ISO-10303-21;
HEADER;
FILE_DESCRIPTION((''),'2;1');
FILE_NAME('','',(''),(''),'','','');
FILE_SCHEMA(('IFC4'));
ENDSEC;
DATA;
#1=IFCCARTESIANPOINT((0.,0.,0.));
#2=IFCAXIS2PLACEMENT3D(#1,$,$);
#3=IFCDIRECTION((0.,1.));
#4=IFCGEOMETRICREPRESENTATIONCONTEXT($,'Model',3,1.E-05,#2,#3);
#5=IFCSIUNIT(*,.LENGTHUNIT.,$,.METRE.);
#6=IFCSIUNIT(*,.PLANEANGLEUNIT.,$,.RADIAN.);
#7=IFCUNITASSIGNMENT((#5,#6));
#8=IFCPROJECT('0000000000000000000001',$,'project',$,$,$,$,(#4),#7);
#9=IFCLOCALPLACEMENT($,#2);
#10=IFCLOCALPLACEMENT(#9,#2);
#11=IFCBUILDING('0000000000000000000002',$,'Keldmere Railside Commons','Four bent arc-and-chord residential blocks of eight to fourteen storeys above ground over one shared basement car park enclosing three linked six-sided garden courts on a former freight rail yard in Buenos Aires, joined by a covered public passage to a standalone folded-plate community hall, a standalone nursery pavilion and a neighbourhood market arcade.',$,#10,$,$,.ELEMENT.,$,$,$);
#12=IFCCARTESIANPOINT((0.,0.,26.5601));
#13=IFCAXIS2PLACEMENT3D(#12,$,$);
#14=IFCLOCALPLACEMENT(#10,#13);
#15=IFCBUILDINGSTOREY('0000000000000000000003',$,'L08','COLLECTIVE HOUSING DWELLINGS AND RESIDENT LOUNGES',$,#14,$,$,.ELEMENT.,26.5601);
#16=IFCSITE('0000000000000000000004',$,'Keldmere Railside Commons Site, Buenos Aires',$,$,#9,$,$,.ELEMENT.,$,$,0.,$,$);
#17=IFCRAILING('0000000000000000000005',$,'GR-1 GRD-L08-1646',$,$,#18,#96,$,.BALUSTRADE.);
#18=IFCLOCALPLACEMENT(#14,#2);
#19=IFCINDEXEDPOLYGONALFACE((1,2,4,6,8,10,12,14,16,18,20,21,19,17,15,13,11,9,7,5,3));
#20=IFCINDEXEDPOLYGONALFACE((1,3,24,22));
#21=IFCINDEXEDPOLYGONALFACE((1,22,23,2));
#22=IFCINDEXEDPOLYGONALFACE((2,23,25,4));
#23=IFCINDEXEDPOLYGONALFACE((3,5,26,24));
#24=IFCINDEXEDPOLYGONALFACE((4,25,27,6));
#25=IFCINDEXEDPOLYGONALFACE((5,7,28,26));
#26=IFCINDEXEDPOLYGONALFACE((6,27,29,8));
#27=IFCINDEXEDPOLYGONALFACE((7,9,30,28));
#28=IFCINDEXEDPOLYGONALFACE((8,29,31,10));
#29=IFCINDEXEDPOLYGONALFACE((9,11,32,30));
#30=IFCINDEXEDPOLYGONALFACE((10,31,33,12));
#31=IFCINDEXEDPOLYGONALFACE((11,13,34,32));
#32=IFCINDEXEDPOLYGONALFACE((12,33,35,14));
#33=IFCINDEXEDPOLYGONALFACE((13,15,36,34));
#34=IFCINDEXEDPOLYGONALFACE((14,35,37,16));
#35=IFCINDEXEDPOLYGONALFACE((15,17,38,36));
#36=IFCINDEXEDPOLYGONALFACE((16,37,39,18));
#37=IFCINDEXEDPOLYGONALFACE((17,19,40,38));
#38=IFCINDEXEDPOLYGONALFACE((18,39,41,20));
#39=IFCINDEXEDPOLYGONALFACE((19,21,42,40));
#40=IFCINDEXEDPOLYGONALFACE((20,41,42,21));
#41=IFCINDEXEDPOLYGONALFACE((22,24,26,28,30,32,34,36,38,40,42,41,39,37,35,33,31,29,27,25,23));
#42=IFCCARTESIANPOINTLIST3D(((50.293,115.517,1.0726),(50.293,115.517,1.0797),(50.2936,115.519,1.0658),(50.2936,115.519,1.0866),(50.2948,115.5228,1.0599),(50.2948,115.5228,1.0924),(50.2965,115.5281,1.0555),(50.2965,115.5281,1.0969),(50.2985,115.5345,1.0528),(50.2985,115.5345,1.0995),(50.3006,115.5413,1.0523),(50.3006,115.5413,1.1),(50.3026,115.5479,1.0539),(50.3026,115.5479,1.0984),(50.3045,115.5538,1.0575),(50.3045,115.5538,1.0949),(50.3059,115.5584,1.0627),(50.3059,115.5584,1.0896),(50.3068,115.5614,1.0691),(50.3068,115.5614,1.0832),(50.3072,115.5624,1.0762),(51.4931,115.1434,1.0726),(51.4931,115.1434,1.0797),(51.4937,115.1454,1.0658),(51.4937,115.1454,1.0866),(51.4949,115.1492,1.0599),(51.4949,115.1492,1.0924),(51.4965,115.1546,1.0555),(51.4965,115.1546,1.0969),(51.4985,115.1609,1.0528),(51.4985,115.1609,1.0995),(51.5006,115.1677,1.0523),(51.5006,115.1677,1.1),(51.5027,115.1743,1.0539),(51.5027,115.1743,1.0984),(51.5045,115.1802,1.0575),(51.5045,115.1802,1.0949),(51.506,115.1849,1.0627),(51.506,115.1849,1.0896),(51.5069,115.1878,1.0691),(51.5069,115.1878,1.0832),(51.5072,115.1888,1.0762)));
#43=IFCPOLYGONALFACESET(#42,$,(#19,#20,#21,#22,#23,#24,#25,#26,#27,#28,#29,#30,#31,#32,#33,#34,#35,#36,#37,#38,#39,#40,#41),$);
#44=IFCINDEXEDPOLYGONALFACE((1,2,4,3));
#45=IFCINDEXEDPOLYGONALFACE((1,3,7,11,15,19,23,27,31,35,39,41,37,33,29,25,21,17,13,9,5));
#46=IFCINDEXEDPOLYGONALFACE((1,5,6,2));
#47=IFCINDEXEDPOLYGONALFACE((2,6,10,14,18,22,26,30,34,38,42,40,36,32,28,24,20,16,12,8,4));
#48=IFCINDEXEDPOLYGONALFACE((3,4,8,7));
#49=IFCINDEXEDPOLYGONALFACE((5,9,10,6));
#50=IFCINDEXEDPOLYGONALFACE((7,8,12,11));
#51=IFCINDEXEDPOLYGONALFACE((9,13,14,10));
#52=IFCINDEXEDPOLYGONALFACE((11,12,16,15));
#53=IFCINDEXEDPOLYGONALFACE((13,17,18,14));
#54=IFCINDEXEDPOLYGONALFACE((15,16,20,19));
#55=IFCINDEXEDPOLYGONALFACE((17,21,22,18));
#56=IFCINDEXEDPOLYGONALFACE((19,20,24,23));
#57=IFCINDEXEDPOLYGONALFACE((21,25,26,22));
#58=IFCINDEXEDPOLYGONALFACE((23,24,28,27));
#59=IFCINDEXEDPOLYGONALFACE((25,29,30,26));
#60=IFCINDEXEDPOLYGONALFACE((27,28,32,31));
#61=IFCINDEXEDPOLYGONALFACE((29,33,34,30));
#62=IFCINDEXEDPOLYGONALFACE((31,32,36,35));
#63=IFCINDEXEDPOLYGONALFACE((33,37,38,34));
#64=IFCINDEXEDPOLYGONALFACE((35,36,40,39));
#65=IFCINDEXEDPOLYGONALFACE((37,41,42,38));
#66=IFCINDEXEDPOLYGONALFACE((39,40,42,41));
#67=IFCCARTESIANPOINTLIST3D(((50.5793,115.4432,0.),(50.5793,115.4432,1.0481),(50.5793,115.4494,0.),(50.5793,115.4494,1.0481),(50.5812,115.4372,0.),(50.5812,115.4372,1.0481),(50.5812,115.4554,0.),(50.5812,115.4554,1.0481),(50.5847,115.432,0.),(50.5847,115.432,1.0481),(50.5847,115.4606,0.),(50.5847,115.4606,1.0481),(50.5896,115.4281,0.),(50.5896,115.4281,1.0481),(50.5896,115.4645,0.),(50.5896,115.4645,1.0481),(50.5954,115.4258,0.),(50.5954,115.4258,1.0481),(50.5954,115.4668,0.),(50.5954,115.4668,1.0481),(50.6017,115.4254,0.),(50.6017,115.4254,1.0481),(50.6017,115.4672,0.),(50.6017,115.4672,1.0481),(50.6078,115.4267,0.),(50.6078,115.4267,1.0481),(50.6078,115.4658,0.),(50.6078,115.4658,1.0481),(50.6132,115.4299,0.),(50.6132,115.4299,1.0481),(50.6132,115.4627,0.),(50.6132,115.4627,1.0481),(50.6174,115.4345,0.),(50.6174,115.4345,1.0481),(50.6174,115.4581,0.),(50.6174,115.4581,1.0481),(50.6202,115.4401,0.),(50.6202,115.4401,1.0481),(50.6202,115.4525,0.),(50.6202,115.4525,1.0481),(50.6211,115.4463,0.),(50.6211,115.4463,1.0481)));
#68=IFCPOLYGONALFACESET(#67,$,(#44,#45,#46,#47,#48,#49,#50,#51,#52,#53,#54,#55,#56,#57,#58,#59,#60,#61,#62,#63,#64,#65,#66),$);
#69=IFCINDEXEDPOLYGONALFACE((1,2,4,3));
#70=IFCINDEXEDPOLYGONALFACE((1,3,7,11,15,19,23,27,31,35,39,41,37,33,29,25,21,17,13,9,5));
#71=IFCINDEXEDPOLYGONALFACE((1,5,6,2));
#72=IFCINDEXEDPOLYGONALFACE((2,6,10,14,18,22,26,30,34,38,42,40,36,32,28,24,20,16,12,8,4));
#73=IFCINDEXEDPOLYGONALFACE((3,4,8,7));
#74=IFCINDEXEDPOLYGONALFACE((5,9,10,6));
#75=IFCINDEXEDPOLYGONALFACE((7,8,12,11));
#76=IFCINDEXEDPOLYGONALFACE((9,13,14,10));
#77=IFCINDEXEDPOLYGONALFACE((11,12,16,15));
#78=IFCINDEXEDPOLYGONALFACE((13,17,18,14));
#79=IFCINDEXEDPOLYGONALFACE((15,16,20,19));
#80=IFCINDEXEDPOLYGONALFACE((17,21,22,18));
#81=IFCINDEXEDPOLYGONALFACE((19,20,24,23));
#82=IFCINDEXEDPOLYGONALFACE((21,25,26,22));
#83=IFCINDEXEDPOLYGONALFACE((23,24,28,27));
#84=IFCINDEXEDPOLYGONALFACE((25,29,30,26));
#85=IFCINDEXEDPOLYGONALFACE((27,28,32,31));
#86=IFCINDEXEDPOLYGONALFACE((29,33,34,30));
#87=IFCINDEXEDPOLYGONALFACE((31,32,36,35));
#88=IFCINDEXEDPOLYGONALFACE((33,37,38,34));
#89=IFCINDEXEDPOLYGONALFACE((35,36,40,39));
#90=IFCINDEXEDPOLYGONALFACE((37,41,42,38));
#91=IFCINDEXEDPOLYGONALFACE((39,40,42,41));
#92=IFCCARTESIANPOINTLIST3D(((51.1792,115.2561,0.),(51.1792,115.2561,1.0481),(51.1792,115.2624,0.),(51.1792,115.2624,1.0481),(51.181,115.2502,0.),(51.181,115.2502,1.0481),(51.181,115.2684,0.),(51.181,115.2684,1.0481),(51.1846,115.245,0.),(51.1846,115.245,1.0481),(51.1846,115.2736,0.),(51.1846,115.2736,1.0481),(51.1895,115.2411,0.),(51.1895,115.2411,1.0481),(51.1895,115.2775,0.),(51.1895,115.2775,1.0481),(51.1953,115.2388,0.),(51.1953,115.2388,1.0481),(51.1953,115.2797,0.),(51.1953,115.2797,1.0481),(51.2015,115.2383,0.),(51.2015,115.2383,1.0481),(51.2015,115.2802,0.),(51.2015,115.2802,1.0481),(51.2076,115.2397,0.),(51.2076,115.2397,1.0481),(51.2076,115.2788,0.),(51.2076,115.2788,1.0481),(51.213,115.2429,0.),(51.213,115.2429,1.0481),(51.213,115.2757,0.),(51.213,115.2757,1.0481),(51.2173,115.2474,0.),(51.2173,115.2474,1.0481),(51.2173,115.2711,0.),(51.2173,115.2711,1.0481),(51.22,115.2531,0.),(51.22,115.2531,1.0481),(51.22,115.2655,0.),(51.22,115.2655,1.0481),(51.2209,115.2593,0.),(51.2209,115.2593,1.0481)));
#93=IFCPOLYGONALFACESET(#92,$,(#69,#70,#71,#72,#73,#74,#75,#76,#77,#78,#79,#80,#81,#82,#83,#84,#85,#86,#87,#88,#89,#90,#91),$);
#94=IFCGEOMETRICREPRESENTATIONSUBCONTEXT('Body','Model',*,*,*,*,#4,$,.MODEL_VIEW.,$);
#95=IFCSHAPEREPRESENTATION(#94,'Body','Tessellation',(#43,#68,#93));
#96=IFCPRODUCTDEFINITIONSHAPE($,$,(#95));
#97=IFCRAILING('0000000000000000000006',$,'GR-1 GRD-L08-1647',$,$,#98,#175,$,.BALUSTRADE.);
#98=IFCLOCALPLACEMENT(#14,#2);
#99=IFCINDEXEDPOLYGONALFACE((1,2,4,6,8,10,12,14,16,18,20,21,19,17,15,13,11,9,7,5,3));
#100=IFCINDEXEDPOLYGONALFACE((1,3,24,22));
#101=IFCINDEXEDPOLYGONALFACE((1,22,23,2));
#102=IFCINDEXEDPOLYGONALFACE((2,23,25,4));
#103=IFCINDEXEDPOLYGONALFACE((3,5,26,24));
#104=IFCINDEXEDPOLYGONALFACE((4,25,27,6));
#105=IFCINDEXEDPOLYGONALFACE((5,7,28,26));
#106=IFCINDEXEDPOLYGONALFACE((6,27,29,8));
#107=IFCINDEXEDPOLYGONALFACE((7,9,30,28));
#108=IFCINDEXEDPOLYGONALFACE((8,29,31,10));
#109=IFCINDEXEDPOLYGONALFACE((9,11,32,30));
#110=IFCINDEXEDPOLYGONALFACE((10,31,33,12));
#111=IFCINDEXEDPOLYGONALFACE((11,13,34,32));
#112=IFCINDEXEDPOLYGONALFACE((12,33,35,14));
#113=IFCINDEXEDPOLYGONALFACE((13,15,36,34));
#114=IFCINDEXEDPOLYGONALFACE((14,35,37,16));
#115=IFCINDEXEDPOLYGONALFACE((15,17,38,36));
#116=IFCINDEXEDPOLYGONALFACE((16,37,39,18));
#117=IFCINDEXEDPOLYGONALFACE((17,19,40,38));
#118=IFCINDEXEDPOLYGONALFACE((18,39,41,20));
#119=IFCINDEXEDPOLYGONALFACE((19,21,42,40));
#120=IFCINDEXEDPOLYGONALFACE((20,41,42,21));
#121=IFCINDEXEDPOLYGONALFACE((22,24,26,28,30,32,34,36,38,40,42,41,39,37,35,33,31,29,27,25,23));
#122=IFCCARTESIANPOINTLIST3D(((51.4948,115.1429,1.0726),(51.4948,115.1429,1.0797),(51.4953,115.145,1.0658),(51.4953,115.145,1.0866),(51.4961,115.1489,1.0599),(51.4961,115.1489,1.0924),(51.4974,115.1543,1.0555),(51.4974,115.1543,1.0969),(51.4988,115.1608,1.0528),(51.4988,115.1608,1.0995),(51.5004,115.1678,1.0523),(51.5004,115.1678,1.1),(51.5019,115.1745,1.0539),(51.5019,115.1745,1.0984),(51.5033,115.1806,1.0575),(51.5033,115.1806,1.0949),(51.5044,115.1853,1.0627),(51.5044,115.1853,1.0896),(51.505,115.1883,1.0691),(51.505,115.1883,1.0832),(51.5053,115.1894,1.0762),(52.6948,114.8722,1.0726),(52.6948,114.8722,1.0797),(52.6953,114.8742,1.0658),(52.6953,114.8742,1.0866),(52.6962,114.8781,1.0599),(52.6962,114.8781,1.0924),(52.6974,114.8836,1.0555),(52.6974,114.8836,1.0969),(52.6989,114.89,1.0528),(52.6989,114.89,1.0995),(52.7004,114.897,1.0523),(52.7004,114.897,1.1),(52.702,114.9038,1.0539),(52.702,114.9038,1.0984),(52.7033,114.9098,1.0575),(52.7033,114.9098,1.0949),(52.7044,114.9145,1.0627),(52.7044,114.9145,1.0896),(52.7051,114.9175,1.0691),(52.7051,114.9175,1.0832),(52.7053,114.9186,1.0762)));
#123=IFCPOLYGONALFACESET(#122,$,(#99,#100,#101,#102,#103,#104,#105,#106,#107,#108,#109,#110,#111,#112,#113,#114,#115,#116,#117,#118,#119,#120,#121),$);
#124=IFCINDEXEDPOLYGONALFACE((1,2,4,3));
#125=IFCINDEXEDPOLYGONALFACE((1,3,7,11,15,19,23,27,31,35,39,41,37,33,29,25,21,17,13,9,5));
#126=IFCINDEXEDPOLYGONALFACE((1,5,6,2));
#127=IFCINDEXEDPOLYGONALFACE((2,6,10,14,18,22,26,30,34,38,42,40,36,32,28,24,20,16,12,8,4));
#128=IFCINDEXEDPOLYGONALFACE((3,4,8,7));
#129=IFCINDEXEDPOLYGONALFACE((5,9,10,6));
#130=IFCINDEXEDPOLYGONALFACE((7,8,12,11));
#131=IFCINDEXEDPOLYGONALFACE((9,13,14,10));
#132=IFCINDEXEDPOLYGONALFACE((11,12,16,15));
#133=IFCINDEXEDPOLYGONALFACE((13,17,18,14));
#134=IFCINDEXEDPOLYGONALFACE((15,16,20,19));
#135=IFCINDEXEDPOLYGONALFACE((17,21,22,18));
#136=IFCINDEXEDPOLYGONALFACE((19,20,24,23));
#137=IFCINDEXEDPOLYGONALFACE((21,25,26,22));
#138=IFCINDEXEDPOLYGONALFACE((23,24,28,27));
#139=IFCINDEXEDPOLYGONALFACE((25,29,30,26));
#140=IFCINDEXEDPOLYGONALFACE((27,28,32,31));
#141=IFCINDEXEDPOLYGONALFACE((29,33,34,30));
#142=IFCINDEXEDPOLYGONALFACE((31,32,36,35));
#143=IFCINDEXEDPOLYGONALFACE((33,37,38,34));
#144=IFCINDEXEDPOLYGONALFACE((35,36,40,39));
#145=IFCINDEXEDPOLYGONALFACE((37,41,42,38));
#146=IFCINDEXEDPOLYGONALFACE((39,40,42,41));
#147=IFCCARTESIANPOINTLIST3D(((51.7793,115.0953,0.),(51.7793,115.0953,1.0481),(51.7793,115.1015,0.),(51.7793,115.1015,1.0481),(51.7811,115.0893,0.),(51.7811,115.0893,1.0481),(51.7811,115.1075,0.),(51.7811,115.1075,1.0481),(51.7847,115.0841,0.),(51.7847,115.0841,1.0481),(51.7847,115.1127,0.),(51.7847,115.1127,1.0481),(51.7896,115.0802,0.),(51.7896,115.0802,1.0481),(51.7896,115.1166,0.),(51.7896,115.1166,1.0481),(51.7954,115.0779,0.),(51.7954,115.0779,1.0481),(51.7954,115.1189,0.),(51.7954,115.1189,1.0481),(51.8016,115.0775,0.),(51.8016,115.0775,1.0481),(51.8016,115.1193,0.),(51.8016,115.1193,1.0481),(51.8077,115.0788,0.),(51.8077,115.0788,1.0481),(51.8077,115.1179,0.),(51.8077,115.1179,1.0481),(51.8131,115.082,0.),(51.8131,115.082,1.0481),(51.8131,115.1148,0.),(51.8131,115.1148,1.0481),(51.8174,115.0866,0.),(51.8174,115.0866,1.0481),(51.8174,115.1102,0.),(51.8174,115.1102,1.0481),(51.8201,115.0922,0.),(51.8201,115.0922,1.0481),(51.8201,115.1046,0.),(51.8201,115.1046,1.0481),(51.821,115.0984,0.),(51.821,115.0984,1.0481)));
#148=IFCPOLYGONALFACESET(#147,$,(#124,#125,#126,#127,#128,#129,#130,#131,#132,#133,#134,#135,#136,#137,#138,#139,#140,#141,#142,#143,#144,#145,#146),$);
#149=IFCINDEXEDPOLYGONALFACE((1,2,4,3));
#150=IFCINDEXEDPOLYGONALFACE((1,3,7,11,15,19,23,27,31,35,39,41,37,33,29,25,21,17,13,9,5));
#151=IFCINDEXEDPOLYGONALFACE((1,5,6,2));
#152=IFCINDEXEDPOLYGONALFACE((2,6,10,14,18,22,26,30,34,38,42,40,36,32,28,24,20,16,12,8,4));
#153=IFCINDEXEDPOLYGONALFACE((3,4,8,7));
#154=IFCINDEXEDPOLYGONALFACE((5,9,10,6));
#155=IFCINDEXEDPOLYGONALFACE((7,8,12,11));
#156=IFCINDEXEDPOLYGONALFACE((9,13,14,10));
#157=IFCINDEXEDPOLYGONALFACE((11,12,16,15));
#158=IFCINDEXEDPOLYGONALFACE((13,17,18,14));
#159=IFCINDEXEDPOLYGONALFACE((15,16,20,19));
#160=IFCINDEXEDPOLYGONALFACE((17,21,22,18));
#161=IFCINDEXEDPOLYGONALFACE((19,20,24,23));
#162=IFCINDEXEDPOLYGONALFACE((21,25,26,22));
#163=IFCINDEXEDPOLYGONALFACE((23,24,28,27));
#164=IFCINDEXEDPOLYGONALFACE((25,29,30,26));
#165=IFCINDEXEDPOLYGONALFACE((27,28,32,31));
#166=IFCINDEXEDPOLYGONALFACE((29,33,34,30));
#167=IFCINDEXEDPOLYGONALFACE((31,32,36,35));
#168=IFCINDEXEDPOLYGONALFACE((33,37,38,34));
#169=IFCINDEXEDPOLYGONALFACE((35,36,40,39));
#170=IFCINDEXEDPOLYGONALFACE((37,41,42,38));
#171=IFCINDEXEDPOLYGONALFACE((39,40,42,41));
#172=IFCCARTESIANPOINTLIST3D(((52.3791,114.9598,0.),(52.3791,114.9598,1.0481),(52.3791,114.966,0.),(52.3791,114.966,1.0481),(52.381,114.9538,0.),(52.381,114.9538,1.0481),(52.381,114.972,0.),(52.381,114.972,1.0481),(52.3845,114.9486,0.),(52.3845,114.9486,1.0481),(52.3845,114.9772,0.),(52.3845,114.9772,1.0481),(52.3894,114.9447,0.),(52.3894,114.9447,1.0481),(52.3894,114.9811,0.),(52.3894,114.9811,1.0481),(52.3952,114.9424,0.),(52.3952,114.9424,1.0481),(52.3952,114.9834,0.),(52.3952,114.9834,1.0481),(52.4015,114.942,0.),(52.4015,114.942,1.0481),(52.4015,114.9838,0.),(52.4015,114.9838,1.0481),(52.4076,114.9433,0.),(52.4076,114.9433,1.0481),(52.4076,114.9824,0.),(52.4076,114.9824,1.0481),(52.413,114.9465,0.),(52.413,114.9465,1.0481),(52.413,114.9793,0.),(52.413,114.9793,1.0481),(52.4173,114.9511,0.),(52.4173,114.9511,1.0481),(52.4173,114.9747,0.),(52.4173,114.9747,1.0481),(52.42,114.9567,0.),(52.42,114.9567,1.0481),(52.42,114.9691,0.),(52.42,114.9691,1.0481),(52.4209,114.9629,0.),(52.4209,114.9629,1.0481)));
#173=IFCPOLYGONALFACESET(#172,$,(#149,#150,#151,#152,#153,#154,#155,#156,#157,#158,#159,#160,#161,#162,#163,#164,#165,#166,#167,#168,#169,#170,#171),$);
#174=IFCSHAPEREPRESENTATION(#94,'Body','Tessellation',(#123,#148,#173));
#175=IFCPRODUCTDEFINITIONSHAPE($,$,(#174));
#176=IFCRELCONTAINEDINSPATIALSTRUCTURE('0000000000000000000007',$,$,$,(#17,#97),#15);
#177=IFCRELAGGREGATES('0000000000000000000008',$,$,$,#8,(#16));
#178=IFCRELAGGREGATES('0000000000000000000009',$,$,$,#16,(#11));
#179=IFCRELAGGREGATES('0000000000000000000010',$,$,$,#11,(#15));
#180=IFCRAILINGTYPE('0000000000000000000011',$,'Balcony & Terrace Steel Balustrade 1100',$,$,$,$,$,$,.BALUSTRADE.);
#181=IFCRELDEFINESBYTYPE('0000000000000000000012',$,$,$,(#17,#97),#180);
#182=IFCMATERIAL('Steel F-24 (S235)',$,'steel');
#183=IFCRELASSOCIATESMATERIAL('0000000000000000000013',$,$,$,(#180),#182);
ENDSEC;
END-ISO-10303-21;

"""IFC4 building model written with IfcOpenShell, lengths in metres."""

from ifc_helpers import new_model, si_unit, direction, frame, origin, origin_2d, place, context, subcontext, project, spatial, circle, extrude, material, type_object, element, save


model = new_model("IFC4")

# Units and contexts
model_context = context("Model", 3, precision=1e-05, world=origin(), true_north=direction((0.0, 1.0)))
body_context = subcontext(model_context, "Body", "Model", "MODEL_VIEW")
ifc_project = project(units=[si_unit("LENGTHUNIT", "METRE"), si_unit("PLANEANGLEUNIT", "RADIAN")], contexts=[model_context])

# Site, building, storey
site_placement = place(None, origin())
site = spatial("IfcSite", under=ifc_project, at=site_placement, Name="Keldmere Railside Commons Site, Buenos Aires", CompositionType="ELEMENT", RefElevation=0.0)
building_placement = place(site_placement, origin())
building = spatial("IfcBuilding", under=site, at=building_placement, Name="Keldmere Railside Commons", Description="Four bent arc-and-chord residential blocks of eight to fourteen storeys above ground over one shared basement car park enclosing three linked six-sided garden courts on a former freight rail yard in Buenos Aires, joined by a covered public passage to a standalone folded-plate community hall, a standalone nursery pavilion and a neighbourhood market arcade.", CompositionType="ELEMENT")
storey_placement = place(building_placement, frame((0.0, 0.0, 26.5601)))
storey = spatial("IfcBuildingStorey", under=building, at=storey_placement, Name="L08", Description="COLLECTIVE HOUSING DWELLINGS AND RESIDENT LOUNGES", CompositionType="ELEMENT", Elevation=26.5601)

# Railings
ifc_material_1 = material(Name="Steel F-24 (S235)", Category="steel")
railing_type = type_object("IfcRailingType", Name="Balcony & Terrace Steel Balustrade 1100", PredefinedType="BALUSTRADE", material=ifc_material_1)
railing_1_placement = place(storey_placement, frame((50.3, 115.5396, 0.0)))
element("IfcRailing", 1, at=railing_1_placement, inside=storey, type_object=railing_type, Name="GR-1 GRD-L08-1646", PredefinedType="BALUSTRADE", context=body_context, shape_type="SweptSolid", body=[
    extrude(circle(Radius=0.0239, at=origin_2d()), frame((0.0, 0.0, 1.0762), z_axis=(0.954808, -0.297224, 0.0), x_axis=(0.297224, 0.954808, 0.0)), (0.0, 0.0, 1.0), 1.2568),
    extrude(circle(Radius=0.021, at=origin_2d()), frame((0.3, -0.0933, 0.0)), (0.0, 0.0, 1.0), 1.0481),
    extrude(circle(Radius=0.021, at=origin_2d()), frame((0.8999, -0.2803, 0.0)), (0.0, 0.0, 1.0), 1.0481),
])
railing_2_placement = place(storey_placement, frame((51.5, 115.166, 0.0)))
element("IfcRailing", 2, at=railing_2_placement, inside=storey, type_object=railing_type, Name="GR-1 GRD-L08-1647", PredefinedType="BALUSTRADE", context=body_context, shape_type="SweptSolid", body=[
    extrude(circle(Radius=0.0239, at=origin_2d()), frame((0.0, 0.0, 1.0762), z_axis=(0.975477, -0.220102, 0.0), x_axis=(0.220102, 0.975477, 0.0)), (0.0, 0.0, 1.0), 1.2302),
    extrude(circle(Radius=0.021, at=origin_2d()), frame((0.3, -0.0676, 0.0)), (0.0, 0.0, 1.0), 1.0481),
    extrude(circle(Radius=0.021, at=origin_2d()), frame((0.8999, -0.2031, 0.0)), (0.0, 0.0, 1.0), 1.0481),
])

save(model, "model.ifc")
